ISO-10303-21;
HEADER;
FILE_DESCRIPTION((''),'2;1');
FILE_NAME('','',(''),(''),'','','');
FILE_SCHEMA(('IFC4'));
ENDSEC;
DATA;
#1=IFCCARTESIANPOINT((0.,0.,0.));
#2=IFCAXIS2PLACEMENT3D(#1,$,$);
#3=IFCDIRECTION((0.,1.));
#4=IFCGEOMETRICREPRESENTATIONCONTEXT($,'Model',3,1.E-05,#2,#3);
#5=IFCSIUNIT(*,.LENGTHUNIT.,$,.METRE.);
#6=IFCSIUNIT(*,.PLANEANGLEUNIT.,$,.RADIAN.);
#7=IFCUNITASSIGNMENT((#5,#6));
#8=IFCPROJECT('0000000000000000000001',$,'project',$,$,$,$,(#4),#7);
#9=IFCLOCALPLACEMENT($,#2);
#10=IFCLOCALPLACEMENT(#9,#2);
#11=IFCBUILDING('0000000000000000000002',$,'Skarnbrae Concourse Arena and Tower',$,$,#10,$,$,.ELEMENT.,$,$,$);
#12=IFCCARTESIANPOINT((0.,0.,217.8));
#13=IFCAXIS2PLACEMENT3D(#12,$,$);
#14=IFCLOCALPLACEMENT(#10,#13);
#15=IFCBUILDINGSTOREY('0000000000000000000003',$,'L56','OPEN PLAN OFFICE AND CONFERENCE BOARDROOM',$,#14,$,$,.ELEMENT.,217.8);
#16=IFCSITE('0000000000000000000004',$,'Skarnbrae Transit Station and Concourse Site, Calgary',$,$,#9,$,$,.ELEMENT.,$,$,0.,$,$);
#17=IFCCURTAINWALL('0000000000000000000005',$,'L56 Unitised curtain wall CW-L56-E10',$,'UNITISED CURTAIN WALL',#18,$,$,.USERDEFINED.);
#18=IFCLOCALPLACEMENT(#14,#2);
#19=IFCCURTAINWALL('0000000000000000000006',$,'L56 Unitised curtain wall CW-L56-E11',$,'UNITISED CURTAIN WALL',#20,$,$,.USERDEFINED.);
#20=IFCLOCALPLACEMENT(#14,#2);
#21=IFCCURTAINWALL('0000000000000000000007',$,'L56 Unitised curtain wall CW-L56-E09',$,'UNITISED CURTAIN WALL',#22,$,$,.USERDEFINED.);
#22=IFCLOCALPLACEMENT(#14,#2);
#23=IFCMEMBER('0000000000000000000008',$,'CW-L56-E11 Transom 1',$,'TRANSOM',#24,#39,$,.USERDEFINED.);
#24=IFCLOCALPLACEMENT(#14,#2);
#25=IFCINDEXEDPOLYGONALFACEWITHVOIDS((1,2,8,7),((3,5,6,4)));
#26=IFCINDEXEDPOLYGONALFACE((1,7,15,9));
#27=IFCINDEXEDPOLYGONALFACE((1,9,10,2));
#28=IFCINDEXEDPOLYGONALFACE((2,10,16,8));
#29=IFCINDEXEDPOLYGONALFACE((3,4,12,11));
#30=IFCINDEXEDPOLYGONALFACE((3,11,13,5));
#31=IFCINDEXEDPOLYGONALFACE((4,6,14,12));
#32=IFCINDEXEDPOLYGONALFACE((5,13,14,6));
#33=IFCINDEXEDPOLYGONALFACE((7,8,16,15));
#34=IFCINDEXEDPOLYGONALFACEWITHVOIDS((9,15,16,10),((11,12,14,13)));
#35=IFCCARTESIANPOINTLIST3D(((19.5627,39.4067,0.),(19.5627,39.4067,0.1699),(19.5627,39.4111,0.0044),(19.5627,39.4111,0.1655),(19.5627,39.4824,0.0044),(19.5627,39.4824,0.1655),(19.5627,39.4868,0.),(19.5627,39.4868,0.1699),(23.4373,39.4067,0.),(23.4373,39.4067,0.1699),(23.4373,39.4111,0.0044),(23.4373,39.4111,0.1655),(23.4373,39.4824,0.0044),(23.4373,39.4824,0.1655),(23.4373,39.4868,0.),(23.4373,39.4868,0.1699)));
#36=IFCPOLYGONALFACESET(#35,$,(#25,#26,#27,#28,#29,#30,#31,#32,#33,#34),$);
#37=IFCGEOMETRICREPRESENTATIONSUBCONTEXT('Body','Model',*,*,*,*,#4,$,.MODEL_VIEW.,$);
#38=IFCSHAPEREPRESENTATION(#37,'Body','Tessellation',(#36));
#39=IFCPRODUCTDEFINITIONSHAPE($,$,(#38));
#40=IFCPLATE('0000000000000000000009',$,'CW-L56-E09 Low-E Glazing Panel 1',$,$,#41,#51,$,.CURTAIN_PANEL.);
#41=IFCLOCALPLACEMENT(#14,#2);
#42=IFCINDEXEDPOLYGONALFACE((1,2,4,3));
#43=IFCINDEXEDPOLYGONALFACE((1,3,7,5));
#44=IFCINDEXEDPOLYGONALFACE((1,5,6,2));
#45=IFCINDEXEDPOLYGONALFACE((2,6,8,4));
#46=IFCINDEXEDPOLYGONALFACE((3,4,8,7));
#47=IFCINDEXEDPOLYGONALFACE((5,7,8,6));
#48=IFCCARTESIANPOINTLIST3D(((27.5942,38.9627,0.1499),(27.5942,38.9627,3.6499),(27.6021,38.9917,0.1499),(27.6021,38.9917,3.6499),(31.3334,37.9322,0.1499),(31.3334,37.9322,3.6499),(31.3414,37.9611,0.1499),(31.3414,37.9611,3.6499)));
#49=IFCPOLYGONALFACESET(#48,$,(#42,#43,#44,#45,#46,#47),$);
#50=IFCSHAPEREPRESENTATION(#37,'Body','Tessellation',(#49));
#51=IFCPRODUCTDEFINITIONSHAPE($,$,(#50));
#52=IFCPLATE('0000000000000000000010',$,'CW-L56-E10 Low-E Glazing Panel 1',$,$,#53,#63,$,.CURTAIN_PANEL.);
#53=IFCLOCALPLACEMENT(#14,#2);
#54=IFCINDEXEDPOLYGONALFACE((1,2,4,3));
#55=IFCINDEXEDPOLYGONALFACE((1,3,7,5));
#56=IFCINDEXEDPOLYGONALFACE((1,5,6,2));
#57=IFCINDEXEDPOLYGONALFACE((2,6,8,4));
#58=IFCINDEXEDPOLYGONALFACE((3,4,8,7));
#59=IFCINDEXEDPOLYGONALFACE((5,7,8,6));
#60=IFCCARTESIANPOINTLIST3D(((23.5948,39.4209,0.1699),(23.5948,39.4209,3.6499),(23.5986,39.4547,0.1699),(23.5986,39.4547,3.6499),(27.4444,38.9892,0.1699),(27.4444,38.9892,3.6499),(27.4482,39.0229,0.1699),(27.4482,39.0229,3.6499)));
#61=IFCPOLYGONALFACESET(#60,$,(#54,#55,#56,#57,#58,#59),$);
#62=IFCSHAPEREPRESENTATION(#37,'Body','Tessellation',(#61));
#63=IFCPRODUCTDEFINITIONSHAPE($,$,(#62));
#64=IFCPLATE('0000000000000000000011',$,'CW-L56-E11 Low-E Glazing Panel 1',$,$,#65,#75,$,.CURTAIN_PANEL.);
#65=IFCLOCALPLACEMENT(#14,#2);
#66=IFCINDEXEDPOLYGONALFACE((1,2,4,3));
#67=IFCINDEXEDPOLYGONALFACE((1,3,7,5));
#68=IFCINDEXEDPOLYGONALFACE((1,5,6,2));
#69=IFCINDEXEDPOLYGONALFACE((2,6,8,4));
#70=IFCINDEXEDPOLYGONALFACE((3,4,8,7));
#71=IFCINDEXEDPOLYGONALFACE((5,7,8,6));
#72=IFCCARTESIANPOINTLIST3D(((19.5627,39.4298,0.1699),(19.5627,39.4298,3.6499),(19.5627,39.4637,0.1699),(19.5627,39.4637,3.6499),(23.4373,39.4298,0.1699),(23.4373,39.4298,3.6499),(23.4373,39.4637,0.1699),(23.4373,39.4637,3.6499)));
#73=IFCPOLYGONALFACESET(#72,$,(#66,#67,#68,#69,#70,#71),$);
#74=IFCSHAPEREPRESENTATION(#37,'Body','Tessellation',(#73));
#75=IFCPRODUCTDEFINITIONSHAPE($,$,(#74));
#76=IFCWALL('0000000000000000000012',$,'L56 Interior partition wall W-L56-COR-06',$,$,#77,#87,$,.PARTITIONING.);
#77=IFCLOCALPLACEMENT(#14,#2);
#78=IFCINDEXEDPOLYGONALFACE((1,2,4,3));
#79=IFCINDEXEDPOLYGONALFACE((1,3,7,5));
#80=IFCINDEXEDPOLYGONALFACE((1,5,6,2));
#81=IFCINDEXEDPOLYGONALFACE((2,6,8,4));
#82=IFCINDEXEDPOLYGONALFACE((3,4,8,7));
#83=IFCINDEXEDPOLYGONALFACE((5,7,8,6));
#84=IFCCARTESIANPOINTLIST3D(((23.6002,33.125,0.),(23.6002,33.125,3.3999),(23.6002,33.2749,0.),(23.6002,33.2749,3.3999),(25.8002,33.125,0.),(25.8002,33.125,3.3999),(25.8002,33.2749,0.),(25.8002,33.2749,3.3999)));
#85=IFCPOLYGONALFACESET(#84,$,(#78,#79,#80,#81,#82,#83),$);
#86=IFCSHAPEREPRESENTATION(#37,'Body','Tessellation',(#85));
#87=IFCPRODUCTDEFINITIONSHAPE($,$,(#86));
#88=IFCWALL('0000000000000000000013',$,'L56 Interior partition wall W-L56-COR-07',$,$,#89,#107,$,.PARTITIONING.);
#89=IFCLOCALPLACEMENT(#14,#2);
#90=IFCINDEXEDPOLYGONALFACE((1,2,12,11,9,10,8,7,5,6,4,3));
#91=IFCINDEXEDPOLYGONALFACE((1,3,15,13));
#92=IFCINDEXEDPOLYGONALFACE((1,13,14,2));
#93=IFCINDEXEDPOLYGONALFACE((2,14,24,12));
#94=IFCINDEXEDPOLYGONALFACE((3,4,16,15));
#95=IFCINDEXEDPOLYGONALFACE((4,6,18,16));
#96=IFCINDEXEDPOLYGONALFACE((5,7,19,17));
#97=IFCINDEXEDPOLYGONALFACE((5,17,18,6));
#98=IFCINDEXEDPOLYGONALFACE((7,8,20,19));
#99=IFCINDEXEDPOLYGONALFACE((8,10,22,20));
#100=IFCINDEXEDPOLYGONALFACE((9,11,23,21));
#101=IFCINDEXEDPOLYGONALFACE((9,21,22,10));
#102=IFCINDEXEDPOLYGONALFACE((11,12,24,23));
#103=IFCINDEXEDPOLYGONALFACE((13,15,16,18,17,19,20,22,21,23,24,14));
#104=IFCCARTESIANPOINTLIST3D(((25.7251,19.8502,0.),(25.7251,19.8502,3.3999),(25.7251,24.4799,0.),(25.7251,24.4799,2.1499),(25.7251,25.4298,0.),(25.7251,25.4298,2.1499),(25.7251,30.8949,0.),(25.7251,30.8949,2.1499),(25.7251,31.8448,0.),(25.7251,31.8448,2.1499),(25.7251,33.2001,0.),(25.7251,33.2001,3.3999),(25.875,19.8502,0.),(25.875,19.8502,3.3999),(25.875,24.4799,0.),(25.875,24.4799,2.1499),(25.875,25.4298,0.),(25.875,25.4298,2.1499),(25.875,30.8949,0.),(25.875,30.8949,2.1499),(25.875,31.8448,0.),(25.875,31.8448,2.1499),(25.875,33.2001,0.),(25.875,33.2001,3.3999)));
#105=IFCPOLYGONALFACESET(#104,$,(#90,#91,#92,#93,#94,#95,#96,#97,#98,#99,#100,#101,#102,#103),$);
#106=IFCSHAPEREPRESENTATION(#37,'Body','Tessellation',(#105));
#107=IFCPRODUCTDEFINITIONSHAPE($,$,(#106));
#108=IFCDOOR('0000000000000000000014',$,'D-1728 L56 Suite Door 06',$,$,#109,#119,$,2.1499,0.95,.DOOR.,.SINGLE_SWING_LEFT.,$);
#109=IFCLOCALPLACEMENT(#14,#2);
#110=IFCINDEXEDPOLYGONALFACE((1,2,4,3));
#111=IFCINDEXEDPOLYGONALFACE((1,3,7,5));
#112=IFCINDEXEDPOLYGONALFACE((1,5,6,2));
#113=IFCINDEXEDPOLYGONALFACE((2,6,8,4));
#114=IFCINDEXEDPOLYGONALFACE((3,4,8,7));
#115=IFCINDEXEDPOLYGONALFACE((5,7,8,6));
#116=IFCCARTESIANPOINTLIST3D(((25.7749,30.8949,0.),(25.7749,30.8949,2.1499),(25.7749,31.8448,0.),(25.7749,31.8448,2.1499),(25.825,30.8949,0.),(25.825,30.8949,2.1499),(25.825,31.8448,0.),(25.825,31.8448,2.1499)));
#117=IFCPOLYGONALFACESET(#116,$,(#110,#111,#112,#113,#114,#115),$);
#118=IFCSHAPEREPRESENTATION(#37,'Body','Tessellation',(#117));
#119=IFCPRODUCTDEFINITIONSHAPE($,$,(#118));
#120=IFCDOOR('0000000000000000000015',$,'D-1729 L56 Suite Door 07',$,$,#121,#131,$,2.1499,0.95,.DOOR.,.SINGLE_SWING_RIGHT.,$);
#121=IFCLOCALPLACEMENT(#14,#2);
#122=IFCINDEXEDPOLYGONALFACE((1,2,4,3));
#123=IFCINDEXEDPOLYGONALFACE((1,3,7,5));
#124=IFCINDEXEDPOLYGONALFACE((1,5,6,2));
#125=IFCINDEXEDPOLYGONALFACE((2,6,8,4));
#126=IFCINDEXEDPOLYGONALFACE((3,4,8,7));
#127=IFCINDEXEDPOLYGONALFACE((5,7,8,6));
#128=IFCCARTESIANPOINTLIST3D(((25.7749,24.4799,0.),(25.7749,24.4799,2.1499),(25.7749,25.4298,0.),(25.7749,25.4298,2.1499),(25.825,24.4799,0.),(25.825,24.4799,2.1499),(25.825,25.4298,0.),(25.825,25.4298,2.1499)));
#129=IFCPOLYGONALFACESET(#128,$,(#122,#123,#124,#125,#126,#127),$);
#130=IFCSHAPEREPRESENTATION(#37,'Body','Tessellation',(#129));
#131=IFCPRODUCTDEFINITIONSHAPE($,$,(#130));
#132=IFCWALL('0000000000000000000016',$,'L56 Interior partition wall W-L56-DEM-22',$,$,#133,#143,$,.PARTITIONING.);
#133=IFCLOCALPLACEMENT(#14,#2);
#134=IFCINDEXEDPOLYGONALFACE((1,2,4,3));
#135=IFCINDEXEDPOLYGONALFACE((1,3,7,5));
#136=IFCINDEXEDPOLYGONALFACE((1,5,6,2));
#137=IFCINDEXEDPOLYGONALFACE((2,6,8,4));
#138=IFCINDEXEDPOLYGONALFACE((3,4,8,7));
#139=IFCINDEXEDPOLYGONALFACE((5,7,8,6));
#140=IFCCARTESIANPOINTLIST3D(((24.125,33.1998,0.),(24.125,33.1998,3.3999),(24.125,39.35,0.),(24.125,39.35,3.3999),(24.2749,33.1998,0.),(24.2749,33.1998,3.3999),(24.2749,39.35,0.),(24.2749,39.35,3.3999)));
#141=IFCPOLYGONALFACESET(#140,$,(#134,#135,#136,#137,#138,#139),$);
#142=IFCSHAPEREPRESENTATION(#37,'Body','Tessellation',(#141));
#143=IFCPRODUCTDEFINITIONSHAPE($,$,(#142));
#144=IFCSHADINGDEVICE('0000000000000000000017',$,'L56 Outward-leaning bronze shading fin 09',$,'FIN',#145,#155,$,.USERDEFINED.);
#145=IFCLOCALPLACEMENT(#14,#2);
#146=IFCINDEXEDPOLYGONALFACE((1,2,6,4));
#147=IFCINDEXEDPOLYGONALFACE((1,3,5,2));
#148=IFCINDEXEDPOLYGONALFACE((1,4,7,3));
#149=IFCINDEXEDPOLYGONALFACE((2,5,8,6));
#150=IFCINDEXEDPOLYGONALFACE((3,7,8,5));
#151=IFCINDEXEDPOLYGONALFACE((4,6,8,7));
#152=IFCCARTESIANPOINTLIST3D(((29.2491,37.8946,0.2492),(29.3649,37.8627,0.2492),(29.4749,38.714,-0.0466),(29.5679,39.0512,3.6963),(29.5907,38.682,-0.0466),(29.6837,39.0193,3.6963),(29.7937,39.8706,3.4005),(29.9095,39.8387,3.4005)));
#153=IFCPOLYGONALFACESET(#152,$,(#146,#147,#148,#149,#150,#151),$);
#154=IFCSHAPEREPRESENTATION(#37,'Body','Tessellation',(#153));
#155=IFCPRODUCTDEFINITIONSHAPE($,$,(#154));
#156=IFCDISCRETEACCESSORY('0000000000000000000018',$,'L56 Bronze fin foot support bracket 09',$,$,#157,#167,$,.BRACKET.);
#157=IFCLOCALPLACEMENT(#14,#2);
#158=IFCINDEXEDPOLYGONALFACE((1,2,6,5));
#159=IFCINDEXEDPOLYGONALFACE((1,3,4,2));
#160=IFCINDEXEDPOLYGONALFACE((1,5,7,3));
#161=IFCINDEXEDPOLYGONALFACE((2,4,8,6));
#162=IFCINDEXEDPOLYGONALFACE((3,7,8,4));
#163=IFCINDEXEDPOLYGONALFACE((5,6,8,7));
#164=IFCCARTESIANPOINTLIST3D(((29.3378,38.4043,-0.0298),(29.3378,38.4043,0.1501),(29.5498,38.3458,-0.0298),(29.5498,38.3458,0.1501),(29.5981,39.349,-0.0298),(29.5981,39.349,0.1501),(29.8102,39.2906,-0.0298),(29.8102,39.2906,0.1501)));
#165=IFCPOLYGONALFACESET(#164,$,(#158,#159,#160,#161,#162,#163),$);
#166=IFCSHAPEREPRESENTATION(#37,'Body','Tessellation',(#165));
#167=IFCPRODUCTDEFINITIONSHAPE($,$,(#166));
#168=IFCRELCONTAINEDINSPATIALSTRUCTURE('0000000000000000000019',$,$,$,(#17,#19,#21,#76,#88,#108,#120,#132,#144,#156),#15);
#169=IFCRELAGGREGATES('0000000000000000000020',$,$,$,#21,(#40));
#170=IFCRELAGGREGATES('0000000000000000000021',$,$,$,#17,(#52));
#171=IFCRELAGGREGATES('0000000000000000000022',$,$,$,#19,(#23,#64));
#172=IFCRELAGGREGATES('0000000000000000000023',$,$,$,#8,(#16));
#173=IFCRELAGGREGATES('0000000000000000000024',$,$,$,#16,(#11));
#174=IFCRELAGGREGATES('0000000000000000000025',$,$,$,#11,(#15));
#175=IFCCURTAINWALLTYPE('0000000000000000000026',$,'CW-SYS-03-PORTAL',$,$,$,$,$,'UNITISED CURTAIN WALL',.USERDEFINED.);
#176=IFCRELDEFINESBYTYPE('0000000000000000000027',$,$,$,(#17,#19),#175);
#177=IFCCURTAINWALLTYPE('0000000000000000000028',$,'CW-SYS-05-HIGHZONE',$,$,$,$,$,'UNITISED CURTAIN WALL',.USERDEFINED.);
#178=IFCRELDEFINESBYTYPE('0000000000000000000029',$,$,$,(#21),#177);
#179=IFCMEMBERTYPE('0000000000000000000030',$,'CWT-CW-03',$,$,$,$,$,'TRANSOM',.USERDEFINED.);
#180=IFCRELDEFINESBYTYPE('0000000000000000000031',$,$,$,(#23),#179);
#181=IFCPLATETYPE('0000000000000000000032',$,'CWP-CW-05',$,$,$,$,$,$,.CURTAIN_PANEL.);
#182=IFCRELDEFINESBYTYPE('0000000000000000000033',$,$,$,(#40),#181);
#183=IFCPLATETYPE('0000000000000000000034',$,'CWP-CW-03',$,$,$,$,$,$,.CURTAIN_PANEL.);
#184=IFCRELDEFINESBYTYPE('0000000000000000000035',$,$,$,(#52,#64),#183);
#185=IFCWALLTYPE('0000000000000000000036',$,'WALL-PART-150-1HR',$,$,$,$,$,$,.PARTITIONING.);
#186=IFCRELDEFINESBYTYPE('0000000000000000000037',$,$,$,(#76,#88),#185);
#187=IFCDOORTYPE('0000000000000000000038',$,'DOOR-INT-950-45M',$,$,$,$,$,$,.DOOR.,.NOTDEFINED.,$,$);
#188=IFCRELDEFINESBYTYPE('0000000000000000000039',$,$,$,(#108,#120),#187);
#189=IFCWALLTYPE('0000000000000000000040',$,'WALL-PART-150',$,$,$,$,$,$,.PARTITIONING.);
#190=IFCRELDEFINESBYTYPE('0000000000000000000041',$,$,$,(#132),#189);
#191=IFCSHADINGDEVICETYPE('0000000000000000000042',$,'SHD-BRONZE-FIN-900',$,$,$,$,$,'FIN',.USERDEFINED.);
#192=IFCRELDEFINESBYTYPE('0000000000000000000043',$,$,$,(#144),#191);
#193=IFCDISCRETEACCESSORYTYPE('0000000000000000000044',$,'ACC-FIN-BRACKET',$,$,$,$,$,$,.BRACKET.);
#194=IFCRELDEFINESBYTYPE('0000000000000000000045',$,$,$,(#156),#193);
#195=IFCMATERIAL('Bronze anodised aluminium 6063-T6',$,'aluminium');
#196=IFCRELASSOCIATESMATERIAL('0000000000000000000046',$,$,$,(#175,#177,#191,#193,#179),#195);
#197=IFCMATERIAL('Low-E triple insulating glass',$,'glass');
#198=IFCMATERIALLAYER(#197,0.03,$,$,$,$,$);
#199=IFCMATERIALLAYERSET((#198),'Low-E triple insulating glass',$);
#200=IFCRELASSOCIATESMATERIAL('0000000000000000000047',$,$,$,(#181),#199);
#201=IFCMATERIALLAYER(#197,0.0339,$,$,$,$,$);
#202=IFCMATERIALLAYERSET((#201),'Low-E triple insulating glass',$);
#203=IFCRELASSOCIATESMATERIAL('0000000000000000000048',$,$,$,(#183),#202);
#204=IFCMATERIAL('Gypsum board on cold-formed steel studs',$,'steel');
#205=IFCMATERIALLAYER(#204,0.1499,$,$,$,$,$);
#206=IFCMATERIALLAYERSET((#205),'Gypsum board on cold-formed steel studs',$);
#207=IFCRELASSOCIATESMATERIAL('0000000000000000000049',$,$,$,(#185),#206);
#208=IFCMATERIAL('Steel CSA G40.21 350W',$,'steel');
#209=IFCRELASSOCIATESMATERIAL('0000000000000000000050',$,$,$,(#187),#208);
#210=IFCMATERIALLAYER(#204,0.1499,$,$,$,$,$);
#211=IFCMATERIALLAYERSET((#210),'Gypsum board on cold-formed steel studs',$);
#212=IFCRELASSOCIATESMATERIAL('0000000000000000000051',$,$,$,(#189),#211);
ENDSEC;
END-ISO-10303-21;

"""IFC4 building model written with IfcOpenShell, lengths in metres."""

from ifc_helpers import new_model, si_unit, direction, frame, frame_2d, origin, origin_2d, place, context, subcontext, project, spatial, rectangle, hollow_rectangle, extrude, source, transform, mapped, material, layer, layer_set, material_profile, profile_set, type_object, element, fill, aggregate, save


model = new_model("IFC4")

# Units and contexts
model_context = context("Model", 3, precision=1e-05, world=origin(), true_north=direction((0.0, 1.0)))
body_context = subcontext(model_context, "Body", "Model", "MODEL_VIEW")
ifc_project = project(units=[si_unit("LENGTHUNIT", "METRE"), si_unit("PLANEANGLEUNIT", "RADIAN")], contexts=[model_context])

# Site, building, storey
site_placement = place(None, origin())
site = spatial("IfcSite", under=ifc_project, at=site_placement, Name="Skarnbrae Transit Station and Concourse Site, Calgary", CompositionType="ELEMENT", RefElevation=0.0)
building_placement = place(site_placement, origin())
building = spatial("IfcBuilding", under=site, at=building_placement, Name="Skarnbrae Concourse Arena and Tower", CompositionType="ELEMENT")
storey_placement = place(building_placement, frame((0.0, 0.0, 217.8)))
storey = spatial("IfcBuildingStorey", under=building, at=storey_placement, Name="L56", Description="OPEN PLAN OFFICE AND CONFERENCE BOARDROOM", CompositionType="ELEMENT", Elevation=217.8)

# Shared definitions
ifc_material_1 = material(Name="Steel CSA G40.21 350W", Category="steel")

# Curtain wall
ifc_material_2 = material(Name="Bronze anodised aluminium 6063-T6", Category="aluminium")
curtain_wall_type_1 = type_object("IfcCurtainWallType", Name="CW-SYS-03-PORTAL", ElementType="UNITISED CURTAIN WALL", PredefinedType="USERDEFINED", material=ifc_material_2)
curtain_wall_1_placement = place(storey_placement, origin())
curtain_wall_1 = element("IfcCurtainWall", 1, at=curtain_wall_1_placement, inside=storey, type_object=curtain_wall_type_1, Name="L56 Unitised curtain wall CW-L56-E10", ObjectType="UNITISED CURTAIN WALL", PredefinedType="USERDEFINED")

# Curtain wall
curtain_wall_2_placement = place(storey_placement, origin())
curtain_wall_2 = element("IfcCurtainWall", 2, at=curtain_wall_2_placement, inside=storey, type_object=curtain_wall_type_1, Name="L56 Unitised curtain wall CW-L56-E11", ObjectType="UNITISED CURTAIN WALL", PredefinedType="USERDEFINED")

# Curtain wall
curtain_wall_type_2 = type_object("IfcCurtainWallType", Name="CW-SYS-05-HIGHZONE", ElementType="UNITISED CURTAIN WALL", PredefinedType="USERDEFINED", material=ifc_material_2)
curtain_wall_3_placement = place(storey_placement, origin())
curtain_wall_3 = element("IfcCurtainWall", 3, at=curtain_wall_3_placement, inside=storey, type_object=curtain_wall_type_2, Name="L56 Unitised curtain wall CW-L56-E09", ObjectType="UNITISED CURTAIN WALL", PredefinedType="USERDEFINED")

# Member
ifc_material_profile_1 = material_profile(ifc_material_2, hollow_rectangle(XDim=0.0801, YDim=0.1699, WallThickness=0.0044, at=origin_2d()), Name="ALU-TRAN-80X170")
ifc_profile_set_1 = profile_set([ifc_material_profile_1], Name="Bronze anodised aluminium 6063-T6")
member_type_1 = type_object("IfcMemberType", Name="CWT-CW-03", ElementType="TRANSOM", PredefinedType="USERDEFINED", material=ifc_profile_set_1)
shared_shape_1 = source(origin(), body_context, "Body", "SweptSolid", [
    extrude(hollow_rectangle(XDim=0.0801, YDim=0.1699, WallThickness=0.0044, at=origin_2d()), origin(), (0.0, 0.0, 1.0), 3.8745),
])
member_1_placement = place(storey_placement, frame((23.4373, 39.4468, 0.085), z_axis=(-1.0, 0.0, 0.0), x_axis=(0.0, -1.0, 0.0)))
member_1 = element("IfcMember", 4, at=member_1_placement, type_object=member_type_1, Name="CW-L56-E11 Transom 1", ObjectType="TRANSOM", PredefinedType="USERDEFINED", context=body_context, shape_type="MappedRepresentation", body=[
    mapped(shared_shape_1, transform((0.0, 0.0, 0.0))),
])

# Plates
ifc_material_3 = material(Name="Low-E triple insulating glass", Category="glass")
ifc_layer_1 = layer(ifc_material_3, 0.03)
ifc_layer_set_1 = layer_set([ifc_layer_1], Name="Low-E triple insulating glass")
plate_type_1 = type_object("IfcPlateType", Name="CWP-CW-05", PredefinedType="CURTAIN_PANEL", material=ifc_layer_set_1)
shared_shape_2 = source(origin(), body_context, "Body", "SweptSolid", [
    extrude(rectangle(XDim=3.8787, YDim=0.03, at=origin_2d()), origin(), (0.0, 0.0, 1.0), 3.5),
])
plate_1_placement = place(storey_placement, frame((29.4678, 38.4619, 0.1499), z_axis=(0.0, 0.0, 1.0), x_axis=(-0.964057, 0.265694, 0.0)))
plate_1 = element("IfcPlate", 5, at=plate_1_placement, type_object=plate_type_1, Name="CW-L56-E09 Low-E Glazing Panel 1", PredefinedType="CURTAIN_PANEL", context=body_context, shape_type="MappedRepresentation", body=[
    mapped(shared_shape_2, transform((0.0, 0.0, 0.0))),
])
aggregate(curtain_wall_3, [plate_1])
ifc_layer_2 = layer(ifc_material_3, 0.0339)
ifc_layer_set_2 = layer_set([ifc_layer_2], Name="Low-E triple insulating glass")
plate_type_2 = type_object("IfcPlateType", Name="CWP-CW-03", PredefinedType="CURTAIN_PANEL", material=ifc_layer_set_2)
shared_shape_3 = source(origin(), body_context, "Body", "SweptSolid", [
    extrude(rectangle(XDim=3.8738, YDim=0.0339, at=origin_2d()), origin(), (0.0, 0.0, 1.0), 3.48),
])
plate_2_placement = place(storey_placement, frame((25.5215, 39.2219, 0.1699), z_axis=(0.0, 0.0, 1.0), x_axis=(-0.993769, 0.11146, 0.0)))
plate_2 = element("IfcPlate", 6, at=plate_2_placement, type_object=plate_type_2, Name="CW-L56-E10 Low-E Glazing Panel 1", PredefinedType="CURTAIN_PANEL", context=body_context, shape_type="MappedRepresentation", body=[
    mapped(shared_shape_3, transform((0.0, 0.0, 0.0))),
])
aggregate(curtain_wall_1, [plate_2])
shared_shape_4 = source(origin(), body_context, "Body", "SweptSolid", [
    extrude(rectangle(XDim=3.8745, YDim=0.0339, at=origin_2d()), origin(), (0.0, 0.0, 1.0), 3.48),
])
plate_3_placement = place(storey_placement, frame((21.5, 39.4468, 0.1699), z_axis=(0.0, 0.0, 1.0), x_axis=(-1.0, 0.0, 0.0)))
plate_3 = element("IfcPlate", 7, at=plate_3_placement, type_object=plate_type_2, Name="CW-L56-E11 Low-E Glazing Panel 1", PredefinedType="CURTAIN_PANEL", context=body_context, shape_type="MappedRepresentation", body=[
    mapped(shared_shape_4, transform((0.0, 0.0, 0.0))),
])
aggregate(curtain_wall_2, [member_1, plate_3])

# Wall
ifc_material_4 = material(Name="Gypsum board on cold-formed steel studs", Category="steel")
ifc_layer_3 = layer(ifc_material_4, 0.1499)
ifc_layer_set_3 = layer_set([ifc_layer_3], Name="Gypsum board on cold-formed steel studs")
wall_type_1 = type_object("IfcWallType", Name="WALL-PART-150-1HR", PredefinedType="PARTITIONING", material=ifc_layer_set_3)
shared_shape_5 = source(origin(), body_context, "Body", "SweptSolid", [
    extrude(rectangle(XDim=2.2, YDim=0.1499, at=frame_2d((1.1001, 0.0))), origin(), (0.0, 0.0, 1.0), 3.3999),
])
wall_1_placement = place(storey_placement, frame((23.6001, 33.2, 0.0), z_axis=(0.0, 0.0, 1.0), x_axis=(1.0, 0.0, 0.0)))
element("IfcWall", 8, at=wall_1_placement, inside=storey, type_object=wall_type_1, Name="L56 Interior partition wall W-L56-COR-06", PredefinedType="PARTITIONING", context=body_context, shape_type="MappedRepresentation", body=[
    mapped(shared_shape_5, transform((0.0, 0.0, 0.0))),
])

# Wall, openings, doors
shared_shape_6 = source(origin(), body_context, "Body", "SweptSolid", [
    extrude(rectangle(XDim=13.3499, YDim=0.1499, at=frame_2d((6.6748, 0.0))), origin(), (0.0, 0.0, 1.0), 3.3999),
])
wall_2_placement = place(storey_placement, frame((25.8, 33.2, 0.0), z_axis=(0.0, 0.0, 1.0), x_axis=(0.0, -1.0, 0.0)))
wall_2 = element("IfcWall", 9, at=wall_2_placement, inside=storey, type_object=wall_type_1, Name="L56 Interior partition wall W-L56-COR-07", PredefinedType="PARTITIONING", context=body_context, shape_type="MappedRepresentation", body=[
    mapped(shared_shape_6, transform((0.0, 0.0, 0.0))),
])
opening_1_placement = place(wall_2_placement, frame((1.355, 0.0, 0.0)))
opening_1 = element("IfcOpeningElement", 10, at=opening_1_placement, cuts=wall_2, PredefinedType="OPENING", context=body_context, shape_type="SweptSolid", body=[
    extrude(rectangle(XDim=0.95, YDim=2.1499, at=frame_2d((0.4751, 1.075))), frame((0.0, 0.085, 0.0), z_axis=(0.0, -1.0, 0.0), x_axis=(1.0, 0.0, 0.0)), (0.0, 0.0, 1.0), 0.1699),
])
opening_2_placement = place(wall_2_placement, frame((7.77, 0.0, 0.0)))
opening_2 = element("IfcOpeningElement", 11, at=opening_2_placement, cuts=wall_2, PredefinedType="OPENING", context=body_context, shape_type="SweptSolid", body=[
    extrude(rectangle(XDim=0.95, YDim=2.1499, at=frame_2d((0.4751, 1.075))), frame((0.0, 0.085, 0.0), z_axis=(0.0, -1.0, 0.0), x_axis=(1.0, 0.0, 0.0)), (0.0, 0.0, 1.0), 0.1699),
])
door_type = type_object("IfcDoorType", Name="DOOR-INT-950-45M", OperationType="NOTDEFINED", PredefinedType="DOOR", material=ifc_material_1)
shared_shape_7 = source(origin(), body_context, "Body", "SweptSolid", [
    extrude(rectangle(XDim=0.95, YDim=2.1499, at=frame_2d((0.4751, 1.075))), frame((0.0, 0.0249, 0.0), z_axis=(0.0, -1.0, 0.0), x_axis=(1.0, 0.0, 0.0)), (0.0, 0.0, 1.0), 0.05),
])
door_1_placement = place(opening_1_placement, origin())
door_1 = element("IfcDoor", 12, at=door_1_placement, inside=storey, type_object=door_type, Name="D-1728 L56 Suite Door 06", OperationType="SINGLE_SWING_LEFT", OverallHeight=2.1499, OverallWidth=0.95, PredefinedType="DOOR", context=body_context, shape_type="MappedRepresentation", body=[
    mapped(shared_shape_7, transform((0.0, 0.0, 0.0))),
])
fill(opening_1, door_1)
door_2_placement = place(opening_2_placement, origin())
door_2 = element("IfcDoor", 13, at=door_2_placement, inside=storey, type_object=door_type, Name="D-1729 L56 Suite Door 07", OperationType="SINGLE_SWING_RIGHT", OverallHeight=2.1499, OverallWidth=0.95, PredefinedType="DOOR", context=body_context, shape_type="MappedRepresentation", body=[
    mapped(shared_shape_7, transform((0.0, 0.0, 0.0))),
])
fill(opening_2, door_2)

# Wall
ifc_layer_4 = layer(ifc_material_4, 0.1499)
ifc_layer_set_4 = layer_set([ifc_layer_4], Name="Gypsum board on cold-formed steel studs")
wall_type_2 = type_object("IfcWallType", Name="WALL-PART-150", PredefinedType="PARTITIONING", material=ifc_layer_set_4)
shared_shape_8 = source(origin(), body_context, "Body", "SweptSolid", [
    extrude(rectangle(XDim=6.1501, YDim=0.1499, at=frame_2d((3.0752, 0.0))), origin(), (0.0, 0.0, 1.0), 3.3999),
])
wall_3_placement = place(storey_placement, frame((24.2, 39.3501, 0.0), z_axis=(0.0, 0.0, 1.0), x_axis=(0.0, -1.0, 0.0)))
element("IfcWall", 14, at=wall_3_placement, inside=storey, type_object=wall_type_2, Name="L56 Interior partition wall W-L56-DEM-22", PredefinedType="PARTITIONING", context=body_context, shape_type="MappedRepresentation", body=[
    mapped(shared_shape_8, transform((0.0, 0.0, 0.0))),
])

# Shading device
shading_device_type = type_object("IfcShadingDeviceType", Name="SHD-BRONZE-FIN-900", ElementType="FIN", PredefinedType="USERDEFINED", material=ifc_material_2)
shared_shape_9 = source(origin(), body_context, "Body", "SweptSolid", [
    extrude(rectangle(XDim=0.1201, YDim=0.8999, at=origin_2d()), origin(), (0.0, 0.0, 1.0), 3.6499),
])
shading_device_placement = place(storey_placement, frame((29.4199, 38.2883, 0.1013), z_axis=(0.087333, 0.316888, 0.944434), x_axis=(0.964058, -0.265691, 0.0)))
element("IfcShadingDevice", 15, at=shading_device_placement, inside=storey, type_object=shading_device_type, Name="L56 Outward-leaning bronze shading fin 09", ObjectType="FIN", PredefinedType="USERDEFINED", context=body_context, shape_type="MappedRepresentation", body=[
    mapped(shared_shape_9, transform((0.0, 0.0, 0.0))),
])

# Discrete accessory
discrete_accessory_type = type_object("IfcDiscreteAccessoryType", Name="ACC-FIN-BRACKET", PredefinedType="BRACKET", material=ifc_material_2)
shared_shape_10 = source(origin(), body_context, "Body", "SweptSolid", [
    extrude(rectangle(XDim=0.22, YDim=0.98, at=origin_2d()), origin(), (0.0, 0.0, 1.0), 0.1799),
])
discrete_accessory_placement = place(storey_placement, frame((29.574, 38.8474, -0.0298), z_axis=(0.0, 0.0, 1.0), x_axis=(0.964058, -0.265691, 0.0)))
element("IfcDiscreteAccessory", 16, at=discrete_accessory_placement, inside=storey, type_object=discrete_accessory_type, Name="L56 Bronze fin foot support bracket 09", PredefinedType="BRACKET", context=body_context, shape_type="MappedRepresentation", body=[
    mapped(shared_shape_10, transform((0.0, 0.0, 0.0))),
])

save(model, "model.ifc")
